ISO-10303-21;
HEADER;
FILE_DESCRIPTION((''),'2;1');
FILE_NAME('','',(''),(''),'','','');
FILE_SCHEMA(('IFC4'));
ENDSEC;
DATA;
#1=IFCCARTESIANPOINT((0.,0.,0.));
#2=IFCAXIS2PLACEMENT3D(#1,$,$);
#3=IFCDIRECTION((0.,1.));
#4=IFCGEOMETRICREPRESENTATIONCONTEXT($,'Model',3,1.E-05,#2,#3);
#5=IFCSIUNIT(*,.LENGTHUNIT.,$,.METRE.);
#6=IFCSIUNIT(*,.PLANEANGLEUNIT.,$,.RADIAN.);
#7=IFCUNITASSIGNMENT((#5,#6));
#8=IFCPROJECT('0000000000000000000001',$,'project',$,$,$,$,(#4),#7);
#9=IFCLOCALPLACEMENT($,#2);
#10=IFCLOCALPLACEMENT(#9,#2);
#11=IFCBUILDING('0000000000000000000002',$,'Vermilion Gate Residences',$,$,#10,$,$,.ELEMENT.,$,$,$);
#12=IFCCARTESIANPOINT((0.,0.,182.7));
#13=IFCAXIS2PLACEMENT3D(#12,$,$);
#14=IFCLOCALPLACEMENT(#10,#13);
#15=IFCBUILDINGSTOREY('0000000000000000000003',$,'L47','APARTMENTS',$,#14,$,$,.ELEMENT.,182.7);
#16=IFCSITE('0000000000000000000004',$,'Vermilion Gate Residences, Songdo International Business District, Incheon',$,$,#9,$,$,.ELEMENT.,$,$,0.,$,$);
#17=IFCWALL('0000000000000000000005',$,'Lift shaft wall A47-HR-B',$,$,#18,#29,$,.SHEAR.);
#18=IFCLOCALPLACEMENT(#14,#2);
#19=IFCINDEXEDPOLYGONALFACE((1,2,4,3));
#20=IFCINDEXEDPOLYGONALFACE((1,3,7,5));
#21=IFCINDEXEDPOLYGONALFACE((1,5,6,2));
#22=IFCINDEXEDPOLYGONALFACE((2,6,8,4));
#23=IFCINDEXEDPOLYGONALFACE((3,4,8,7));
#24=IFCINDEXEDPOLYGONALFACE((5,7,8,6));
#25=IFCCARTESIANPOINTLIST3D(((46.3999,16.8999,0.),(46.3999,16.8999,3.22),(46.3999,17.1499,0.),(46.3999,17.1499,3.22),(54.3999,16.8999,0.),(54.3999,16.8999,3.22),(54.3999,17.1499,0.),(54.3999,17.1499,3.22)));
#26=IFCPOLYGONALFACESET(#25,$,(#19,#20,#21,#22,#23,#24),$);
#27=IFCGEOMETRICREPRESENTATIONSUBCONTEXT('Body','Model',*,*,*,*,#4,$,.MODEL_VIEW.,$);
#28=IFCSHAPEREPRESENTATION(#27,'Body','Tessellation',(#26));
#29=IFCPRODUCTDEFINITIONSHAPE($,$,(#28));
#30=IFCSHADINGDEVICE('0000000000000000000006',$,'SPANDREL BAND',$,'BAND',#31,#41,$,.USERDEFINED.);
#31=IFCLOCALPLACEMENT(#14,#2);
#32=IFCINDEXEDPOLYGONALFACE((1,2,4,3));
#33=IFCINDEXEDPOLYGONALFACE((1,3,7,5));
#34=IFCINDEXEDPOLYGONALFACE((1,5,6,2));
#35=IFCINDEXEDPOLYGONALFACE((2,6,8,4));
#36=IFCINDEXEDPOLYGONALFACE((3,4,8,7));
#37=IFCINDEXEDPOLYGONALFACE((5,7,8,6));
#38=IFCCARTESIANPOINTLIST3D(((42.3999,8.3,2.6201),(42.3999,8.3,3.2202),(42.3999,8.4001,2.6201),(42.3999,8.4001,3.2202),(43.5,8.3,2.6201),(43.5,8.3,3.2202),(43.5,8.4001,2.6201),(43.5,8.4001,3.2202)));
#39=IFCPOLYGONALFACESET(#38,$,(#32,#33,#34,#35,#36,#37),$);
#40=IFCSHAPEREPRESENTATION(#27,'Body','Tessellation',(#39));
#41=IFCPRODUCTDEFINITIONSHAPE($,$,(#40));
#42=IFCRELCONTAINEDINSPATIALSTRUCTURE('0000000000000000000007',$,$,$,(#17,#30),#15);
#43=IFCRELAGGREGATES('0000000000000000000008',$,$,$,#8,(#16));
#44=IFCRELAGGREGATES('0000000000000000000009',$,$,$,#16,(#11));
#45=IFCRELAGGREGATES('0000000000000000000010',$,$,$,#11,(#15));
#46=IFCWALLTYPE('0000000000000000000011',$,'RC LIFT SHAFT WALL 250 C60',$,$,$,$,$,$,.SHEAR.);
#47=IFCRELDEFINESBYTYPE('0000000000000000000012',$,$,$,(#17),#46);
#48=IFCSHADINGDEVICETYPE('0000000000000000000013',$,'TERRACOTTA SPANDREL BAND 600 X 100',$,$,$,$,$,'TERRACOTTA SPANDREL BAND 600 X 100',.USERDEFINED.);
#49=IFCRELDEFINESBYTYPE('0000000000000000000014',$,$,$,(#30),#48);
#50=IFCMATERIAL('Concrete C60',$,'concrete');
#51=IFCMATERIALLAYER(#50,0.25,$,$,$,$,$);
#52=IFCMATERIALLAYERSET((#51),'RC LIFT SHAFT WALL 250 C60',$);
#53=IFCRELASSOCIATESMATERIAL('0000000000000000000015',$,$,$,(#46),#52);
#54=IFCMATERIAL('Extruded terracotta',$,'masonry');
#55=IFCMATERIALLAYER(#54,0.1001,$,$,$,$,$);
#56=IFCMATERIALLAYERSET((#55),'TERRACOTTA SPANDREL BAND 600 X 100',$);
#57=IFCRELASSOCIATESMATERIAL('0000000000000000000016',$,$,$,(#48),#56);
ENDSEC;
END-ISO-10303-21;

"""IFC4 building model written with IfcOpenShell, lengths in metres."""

from ifc_helpers import new_model, si_unit, direction, frame, frame_2d, origin, origin_2d, place, context, subcontext, project, spatial, rectangle, extrude, material, layer, layer_set, type_object, element, save


model = new_model("IFC4")

# Units and contexts
model_context = context("Model", 3, precision=1e-05, world=origin(), true_north=direction((0.0, 1.0)))
body_context = subcontext(model_context, "Body", "Model", "MODEL_VIEW")
ifc_project = project(units=[si_unit("LENGTHUNIT", "METRE"), si_unit("PLANEANGLEUNIT", "RADIAN")], contexts=[model_context])

# Site, building, storey
site_placement = place(None, origin())
site = spatial("IfcSite", under=ifc_project, at=site_placement, Name="Vermilion Gate Residences, Songdo International Business District, Incheon", CompositionType="ELEMENT", RefElevation=0.0)
building_placement = place(site_placement, origin())
building = spatial("IfcBuilding", under=site, at=building_placement, Name="Vermilion Gate Residences", CompositionType="ELEMENT")
storey_placement = place(building_placement, frame((0.0, 0.0, 182.7)))
storey = spatial("IfcBuildingStorey", under=building, at=storey_placement, Name="L47", Description="APARTMENTS", CompositionType="ELEMENT", Elevation=182.7)

# Shared definitions
ifc_material_1 = material(Name="Concrete C60", Category="concrete")
ifc_layer_1 = layer(ifc_material_1, 0.25)
ifc_layer_set_1 = layer_set([ifc_layer_1], Name="RC LIFT SHAFT WALL 250 C60")
wall_type_1 = type_object("IfcWallType", Name="RC LIFT SHAFT WALL 250 C60", PredefinedType="SHEAR", material=ifc_layer_set_1)

# Wall
wall_1_placement = place(storey_placement, frame((46.3999, 17.0249, 0.0), z_axis=(0.0, 0.0, 1.0), x_axis=(1.0, 0.0, 0.0)))
element("IfcWall", 1, at=wall_1_placement, inside=storey, type_object=wall_type_1, Name="Lift shaft wall A47-HR-B", PredefinedType="SHEAR", context=body_context, shape_type="SweptSolid", body=[
    extrude(rectangle(XDim=8.0, YDim=0.25, at=frame_2d((4.0, 0.0))), origin(), (0.0, 0.0, 1.0), 3.22),
])

# Shading device
ifc_material_2 = material(Name="Extruded terracotta", Category="masonry")
ifc_layer_2 = layer(ifc_material_2, 0.1001)
ifc_layer_set_2 = layer_set([ifc_layer_2], Name="TERRACOTTA SPANDREL BAND 600 X 100")
shading_device_type = type_object("IfcShadingDeviceType", Name="TERRACOTTA SPANDREL BAND 600 X 100", ElementType="TERRACOTTA SPANDREL BAND 600 X 100", PredefinedType="USERDEFINED", material=ifc_layer_set_2)
shading_device_placement = place(storey_placement, frame((42.95, 8.3501, 2.6201), z_axis=(0.0, 0.0, 1.0), x_axis=(1.0, 0.0, 0.0)))
element("IfcShadingDevice", 2, at=shading_device_placement, inside=storey, type_object=shading_device_type, Name="SPANDREL BAND", ObjectType="BAND", PredefinedType="USERDEFINED", context=body_context, shape_type="SweptSolid", body=[
    extrude(rectangle(XDim=1.1001, YDim=0.1001, at=origin_2d()), origin(), (0.0, 0.0, 1.0), 0.6001),
])

save(model, "model.ifc")
